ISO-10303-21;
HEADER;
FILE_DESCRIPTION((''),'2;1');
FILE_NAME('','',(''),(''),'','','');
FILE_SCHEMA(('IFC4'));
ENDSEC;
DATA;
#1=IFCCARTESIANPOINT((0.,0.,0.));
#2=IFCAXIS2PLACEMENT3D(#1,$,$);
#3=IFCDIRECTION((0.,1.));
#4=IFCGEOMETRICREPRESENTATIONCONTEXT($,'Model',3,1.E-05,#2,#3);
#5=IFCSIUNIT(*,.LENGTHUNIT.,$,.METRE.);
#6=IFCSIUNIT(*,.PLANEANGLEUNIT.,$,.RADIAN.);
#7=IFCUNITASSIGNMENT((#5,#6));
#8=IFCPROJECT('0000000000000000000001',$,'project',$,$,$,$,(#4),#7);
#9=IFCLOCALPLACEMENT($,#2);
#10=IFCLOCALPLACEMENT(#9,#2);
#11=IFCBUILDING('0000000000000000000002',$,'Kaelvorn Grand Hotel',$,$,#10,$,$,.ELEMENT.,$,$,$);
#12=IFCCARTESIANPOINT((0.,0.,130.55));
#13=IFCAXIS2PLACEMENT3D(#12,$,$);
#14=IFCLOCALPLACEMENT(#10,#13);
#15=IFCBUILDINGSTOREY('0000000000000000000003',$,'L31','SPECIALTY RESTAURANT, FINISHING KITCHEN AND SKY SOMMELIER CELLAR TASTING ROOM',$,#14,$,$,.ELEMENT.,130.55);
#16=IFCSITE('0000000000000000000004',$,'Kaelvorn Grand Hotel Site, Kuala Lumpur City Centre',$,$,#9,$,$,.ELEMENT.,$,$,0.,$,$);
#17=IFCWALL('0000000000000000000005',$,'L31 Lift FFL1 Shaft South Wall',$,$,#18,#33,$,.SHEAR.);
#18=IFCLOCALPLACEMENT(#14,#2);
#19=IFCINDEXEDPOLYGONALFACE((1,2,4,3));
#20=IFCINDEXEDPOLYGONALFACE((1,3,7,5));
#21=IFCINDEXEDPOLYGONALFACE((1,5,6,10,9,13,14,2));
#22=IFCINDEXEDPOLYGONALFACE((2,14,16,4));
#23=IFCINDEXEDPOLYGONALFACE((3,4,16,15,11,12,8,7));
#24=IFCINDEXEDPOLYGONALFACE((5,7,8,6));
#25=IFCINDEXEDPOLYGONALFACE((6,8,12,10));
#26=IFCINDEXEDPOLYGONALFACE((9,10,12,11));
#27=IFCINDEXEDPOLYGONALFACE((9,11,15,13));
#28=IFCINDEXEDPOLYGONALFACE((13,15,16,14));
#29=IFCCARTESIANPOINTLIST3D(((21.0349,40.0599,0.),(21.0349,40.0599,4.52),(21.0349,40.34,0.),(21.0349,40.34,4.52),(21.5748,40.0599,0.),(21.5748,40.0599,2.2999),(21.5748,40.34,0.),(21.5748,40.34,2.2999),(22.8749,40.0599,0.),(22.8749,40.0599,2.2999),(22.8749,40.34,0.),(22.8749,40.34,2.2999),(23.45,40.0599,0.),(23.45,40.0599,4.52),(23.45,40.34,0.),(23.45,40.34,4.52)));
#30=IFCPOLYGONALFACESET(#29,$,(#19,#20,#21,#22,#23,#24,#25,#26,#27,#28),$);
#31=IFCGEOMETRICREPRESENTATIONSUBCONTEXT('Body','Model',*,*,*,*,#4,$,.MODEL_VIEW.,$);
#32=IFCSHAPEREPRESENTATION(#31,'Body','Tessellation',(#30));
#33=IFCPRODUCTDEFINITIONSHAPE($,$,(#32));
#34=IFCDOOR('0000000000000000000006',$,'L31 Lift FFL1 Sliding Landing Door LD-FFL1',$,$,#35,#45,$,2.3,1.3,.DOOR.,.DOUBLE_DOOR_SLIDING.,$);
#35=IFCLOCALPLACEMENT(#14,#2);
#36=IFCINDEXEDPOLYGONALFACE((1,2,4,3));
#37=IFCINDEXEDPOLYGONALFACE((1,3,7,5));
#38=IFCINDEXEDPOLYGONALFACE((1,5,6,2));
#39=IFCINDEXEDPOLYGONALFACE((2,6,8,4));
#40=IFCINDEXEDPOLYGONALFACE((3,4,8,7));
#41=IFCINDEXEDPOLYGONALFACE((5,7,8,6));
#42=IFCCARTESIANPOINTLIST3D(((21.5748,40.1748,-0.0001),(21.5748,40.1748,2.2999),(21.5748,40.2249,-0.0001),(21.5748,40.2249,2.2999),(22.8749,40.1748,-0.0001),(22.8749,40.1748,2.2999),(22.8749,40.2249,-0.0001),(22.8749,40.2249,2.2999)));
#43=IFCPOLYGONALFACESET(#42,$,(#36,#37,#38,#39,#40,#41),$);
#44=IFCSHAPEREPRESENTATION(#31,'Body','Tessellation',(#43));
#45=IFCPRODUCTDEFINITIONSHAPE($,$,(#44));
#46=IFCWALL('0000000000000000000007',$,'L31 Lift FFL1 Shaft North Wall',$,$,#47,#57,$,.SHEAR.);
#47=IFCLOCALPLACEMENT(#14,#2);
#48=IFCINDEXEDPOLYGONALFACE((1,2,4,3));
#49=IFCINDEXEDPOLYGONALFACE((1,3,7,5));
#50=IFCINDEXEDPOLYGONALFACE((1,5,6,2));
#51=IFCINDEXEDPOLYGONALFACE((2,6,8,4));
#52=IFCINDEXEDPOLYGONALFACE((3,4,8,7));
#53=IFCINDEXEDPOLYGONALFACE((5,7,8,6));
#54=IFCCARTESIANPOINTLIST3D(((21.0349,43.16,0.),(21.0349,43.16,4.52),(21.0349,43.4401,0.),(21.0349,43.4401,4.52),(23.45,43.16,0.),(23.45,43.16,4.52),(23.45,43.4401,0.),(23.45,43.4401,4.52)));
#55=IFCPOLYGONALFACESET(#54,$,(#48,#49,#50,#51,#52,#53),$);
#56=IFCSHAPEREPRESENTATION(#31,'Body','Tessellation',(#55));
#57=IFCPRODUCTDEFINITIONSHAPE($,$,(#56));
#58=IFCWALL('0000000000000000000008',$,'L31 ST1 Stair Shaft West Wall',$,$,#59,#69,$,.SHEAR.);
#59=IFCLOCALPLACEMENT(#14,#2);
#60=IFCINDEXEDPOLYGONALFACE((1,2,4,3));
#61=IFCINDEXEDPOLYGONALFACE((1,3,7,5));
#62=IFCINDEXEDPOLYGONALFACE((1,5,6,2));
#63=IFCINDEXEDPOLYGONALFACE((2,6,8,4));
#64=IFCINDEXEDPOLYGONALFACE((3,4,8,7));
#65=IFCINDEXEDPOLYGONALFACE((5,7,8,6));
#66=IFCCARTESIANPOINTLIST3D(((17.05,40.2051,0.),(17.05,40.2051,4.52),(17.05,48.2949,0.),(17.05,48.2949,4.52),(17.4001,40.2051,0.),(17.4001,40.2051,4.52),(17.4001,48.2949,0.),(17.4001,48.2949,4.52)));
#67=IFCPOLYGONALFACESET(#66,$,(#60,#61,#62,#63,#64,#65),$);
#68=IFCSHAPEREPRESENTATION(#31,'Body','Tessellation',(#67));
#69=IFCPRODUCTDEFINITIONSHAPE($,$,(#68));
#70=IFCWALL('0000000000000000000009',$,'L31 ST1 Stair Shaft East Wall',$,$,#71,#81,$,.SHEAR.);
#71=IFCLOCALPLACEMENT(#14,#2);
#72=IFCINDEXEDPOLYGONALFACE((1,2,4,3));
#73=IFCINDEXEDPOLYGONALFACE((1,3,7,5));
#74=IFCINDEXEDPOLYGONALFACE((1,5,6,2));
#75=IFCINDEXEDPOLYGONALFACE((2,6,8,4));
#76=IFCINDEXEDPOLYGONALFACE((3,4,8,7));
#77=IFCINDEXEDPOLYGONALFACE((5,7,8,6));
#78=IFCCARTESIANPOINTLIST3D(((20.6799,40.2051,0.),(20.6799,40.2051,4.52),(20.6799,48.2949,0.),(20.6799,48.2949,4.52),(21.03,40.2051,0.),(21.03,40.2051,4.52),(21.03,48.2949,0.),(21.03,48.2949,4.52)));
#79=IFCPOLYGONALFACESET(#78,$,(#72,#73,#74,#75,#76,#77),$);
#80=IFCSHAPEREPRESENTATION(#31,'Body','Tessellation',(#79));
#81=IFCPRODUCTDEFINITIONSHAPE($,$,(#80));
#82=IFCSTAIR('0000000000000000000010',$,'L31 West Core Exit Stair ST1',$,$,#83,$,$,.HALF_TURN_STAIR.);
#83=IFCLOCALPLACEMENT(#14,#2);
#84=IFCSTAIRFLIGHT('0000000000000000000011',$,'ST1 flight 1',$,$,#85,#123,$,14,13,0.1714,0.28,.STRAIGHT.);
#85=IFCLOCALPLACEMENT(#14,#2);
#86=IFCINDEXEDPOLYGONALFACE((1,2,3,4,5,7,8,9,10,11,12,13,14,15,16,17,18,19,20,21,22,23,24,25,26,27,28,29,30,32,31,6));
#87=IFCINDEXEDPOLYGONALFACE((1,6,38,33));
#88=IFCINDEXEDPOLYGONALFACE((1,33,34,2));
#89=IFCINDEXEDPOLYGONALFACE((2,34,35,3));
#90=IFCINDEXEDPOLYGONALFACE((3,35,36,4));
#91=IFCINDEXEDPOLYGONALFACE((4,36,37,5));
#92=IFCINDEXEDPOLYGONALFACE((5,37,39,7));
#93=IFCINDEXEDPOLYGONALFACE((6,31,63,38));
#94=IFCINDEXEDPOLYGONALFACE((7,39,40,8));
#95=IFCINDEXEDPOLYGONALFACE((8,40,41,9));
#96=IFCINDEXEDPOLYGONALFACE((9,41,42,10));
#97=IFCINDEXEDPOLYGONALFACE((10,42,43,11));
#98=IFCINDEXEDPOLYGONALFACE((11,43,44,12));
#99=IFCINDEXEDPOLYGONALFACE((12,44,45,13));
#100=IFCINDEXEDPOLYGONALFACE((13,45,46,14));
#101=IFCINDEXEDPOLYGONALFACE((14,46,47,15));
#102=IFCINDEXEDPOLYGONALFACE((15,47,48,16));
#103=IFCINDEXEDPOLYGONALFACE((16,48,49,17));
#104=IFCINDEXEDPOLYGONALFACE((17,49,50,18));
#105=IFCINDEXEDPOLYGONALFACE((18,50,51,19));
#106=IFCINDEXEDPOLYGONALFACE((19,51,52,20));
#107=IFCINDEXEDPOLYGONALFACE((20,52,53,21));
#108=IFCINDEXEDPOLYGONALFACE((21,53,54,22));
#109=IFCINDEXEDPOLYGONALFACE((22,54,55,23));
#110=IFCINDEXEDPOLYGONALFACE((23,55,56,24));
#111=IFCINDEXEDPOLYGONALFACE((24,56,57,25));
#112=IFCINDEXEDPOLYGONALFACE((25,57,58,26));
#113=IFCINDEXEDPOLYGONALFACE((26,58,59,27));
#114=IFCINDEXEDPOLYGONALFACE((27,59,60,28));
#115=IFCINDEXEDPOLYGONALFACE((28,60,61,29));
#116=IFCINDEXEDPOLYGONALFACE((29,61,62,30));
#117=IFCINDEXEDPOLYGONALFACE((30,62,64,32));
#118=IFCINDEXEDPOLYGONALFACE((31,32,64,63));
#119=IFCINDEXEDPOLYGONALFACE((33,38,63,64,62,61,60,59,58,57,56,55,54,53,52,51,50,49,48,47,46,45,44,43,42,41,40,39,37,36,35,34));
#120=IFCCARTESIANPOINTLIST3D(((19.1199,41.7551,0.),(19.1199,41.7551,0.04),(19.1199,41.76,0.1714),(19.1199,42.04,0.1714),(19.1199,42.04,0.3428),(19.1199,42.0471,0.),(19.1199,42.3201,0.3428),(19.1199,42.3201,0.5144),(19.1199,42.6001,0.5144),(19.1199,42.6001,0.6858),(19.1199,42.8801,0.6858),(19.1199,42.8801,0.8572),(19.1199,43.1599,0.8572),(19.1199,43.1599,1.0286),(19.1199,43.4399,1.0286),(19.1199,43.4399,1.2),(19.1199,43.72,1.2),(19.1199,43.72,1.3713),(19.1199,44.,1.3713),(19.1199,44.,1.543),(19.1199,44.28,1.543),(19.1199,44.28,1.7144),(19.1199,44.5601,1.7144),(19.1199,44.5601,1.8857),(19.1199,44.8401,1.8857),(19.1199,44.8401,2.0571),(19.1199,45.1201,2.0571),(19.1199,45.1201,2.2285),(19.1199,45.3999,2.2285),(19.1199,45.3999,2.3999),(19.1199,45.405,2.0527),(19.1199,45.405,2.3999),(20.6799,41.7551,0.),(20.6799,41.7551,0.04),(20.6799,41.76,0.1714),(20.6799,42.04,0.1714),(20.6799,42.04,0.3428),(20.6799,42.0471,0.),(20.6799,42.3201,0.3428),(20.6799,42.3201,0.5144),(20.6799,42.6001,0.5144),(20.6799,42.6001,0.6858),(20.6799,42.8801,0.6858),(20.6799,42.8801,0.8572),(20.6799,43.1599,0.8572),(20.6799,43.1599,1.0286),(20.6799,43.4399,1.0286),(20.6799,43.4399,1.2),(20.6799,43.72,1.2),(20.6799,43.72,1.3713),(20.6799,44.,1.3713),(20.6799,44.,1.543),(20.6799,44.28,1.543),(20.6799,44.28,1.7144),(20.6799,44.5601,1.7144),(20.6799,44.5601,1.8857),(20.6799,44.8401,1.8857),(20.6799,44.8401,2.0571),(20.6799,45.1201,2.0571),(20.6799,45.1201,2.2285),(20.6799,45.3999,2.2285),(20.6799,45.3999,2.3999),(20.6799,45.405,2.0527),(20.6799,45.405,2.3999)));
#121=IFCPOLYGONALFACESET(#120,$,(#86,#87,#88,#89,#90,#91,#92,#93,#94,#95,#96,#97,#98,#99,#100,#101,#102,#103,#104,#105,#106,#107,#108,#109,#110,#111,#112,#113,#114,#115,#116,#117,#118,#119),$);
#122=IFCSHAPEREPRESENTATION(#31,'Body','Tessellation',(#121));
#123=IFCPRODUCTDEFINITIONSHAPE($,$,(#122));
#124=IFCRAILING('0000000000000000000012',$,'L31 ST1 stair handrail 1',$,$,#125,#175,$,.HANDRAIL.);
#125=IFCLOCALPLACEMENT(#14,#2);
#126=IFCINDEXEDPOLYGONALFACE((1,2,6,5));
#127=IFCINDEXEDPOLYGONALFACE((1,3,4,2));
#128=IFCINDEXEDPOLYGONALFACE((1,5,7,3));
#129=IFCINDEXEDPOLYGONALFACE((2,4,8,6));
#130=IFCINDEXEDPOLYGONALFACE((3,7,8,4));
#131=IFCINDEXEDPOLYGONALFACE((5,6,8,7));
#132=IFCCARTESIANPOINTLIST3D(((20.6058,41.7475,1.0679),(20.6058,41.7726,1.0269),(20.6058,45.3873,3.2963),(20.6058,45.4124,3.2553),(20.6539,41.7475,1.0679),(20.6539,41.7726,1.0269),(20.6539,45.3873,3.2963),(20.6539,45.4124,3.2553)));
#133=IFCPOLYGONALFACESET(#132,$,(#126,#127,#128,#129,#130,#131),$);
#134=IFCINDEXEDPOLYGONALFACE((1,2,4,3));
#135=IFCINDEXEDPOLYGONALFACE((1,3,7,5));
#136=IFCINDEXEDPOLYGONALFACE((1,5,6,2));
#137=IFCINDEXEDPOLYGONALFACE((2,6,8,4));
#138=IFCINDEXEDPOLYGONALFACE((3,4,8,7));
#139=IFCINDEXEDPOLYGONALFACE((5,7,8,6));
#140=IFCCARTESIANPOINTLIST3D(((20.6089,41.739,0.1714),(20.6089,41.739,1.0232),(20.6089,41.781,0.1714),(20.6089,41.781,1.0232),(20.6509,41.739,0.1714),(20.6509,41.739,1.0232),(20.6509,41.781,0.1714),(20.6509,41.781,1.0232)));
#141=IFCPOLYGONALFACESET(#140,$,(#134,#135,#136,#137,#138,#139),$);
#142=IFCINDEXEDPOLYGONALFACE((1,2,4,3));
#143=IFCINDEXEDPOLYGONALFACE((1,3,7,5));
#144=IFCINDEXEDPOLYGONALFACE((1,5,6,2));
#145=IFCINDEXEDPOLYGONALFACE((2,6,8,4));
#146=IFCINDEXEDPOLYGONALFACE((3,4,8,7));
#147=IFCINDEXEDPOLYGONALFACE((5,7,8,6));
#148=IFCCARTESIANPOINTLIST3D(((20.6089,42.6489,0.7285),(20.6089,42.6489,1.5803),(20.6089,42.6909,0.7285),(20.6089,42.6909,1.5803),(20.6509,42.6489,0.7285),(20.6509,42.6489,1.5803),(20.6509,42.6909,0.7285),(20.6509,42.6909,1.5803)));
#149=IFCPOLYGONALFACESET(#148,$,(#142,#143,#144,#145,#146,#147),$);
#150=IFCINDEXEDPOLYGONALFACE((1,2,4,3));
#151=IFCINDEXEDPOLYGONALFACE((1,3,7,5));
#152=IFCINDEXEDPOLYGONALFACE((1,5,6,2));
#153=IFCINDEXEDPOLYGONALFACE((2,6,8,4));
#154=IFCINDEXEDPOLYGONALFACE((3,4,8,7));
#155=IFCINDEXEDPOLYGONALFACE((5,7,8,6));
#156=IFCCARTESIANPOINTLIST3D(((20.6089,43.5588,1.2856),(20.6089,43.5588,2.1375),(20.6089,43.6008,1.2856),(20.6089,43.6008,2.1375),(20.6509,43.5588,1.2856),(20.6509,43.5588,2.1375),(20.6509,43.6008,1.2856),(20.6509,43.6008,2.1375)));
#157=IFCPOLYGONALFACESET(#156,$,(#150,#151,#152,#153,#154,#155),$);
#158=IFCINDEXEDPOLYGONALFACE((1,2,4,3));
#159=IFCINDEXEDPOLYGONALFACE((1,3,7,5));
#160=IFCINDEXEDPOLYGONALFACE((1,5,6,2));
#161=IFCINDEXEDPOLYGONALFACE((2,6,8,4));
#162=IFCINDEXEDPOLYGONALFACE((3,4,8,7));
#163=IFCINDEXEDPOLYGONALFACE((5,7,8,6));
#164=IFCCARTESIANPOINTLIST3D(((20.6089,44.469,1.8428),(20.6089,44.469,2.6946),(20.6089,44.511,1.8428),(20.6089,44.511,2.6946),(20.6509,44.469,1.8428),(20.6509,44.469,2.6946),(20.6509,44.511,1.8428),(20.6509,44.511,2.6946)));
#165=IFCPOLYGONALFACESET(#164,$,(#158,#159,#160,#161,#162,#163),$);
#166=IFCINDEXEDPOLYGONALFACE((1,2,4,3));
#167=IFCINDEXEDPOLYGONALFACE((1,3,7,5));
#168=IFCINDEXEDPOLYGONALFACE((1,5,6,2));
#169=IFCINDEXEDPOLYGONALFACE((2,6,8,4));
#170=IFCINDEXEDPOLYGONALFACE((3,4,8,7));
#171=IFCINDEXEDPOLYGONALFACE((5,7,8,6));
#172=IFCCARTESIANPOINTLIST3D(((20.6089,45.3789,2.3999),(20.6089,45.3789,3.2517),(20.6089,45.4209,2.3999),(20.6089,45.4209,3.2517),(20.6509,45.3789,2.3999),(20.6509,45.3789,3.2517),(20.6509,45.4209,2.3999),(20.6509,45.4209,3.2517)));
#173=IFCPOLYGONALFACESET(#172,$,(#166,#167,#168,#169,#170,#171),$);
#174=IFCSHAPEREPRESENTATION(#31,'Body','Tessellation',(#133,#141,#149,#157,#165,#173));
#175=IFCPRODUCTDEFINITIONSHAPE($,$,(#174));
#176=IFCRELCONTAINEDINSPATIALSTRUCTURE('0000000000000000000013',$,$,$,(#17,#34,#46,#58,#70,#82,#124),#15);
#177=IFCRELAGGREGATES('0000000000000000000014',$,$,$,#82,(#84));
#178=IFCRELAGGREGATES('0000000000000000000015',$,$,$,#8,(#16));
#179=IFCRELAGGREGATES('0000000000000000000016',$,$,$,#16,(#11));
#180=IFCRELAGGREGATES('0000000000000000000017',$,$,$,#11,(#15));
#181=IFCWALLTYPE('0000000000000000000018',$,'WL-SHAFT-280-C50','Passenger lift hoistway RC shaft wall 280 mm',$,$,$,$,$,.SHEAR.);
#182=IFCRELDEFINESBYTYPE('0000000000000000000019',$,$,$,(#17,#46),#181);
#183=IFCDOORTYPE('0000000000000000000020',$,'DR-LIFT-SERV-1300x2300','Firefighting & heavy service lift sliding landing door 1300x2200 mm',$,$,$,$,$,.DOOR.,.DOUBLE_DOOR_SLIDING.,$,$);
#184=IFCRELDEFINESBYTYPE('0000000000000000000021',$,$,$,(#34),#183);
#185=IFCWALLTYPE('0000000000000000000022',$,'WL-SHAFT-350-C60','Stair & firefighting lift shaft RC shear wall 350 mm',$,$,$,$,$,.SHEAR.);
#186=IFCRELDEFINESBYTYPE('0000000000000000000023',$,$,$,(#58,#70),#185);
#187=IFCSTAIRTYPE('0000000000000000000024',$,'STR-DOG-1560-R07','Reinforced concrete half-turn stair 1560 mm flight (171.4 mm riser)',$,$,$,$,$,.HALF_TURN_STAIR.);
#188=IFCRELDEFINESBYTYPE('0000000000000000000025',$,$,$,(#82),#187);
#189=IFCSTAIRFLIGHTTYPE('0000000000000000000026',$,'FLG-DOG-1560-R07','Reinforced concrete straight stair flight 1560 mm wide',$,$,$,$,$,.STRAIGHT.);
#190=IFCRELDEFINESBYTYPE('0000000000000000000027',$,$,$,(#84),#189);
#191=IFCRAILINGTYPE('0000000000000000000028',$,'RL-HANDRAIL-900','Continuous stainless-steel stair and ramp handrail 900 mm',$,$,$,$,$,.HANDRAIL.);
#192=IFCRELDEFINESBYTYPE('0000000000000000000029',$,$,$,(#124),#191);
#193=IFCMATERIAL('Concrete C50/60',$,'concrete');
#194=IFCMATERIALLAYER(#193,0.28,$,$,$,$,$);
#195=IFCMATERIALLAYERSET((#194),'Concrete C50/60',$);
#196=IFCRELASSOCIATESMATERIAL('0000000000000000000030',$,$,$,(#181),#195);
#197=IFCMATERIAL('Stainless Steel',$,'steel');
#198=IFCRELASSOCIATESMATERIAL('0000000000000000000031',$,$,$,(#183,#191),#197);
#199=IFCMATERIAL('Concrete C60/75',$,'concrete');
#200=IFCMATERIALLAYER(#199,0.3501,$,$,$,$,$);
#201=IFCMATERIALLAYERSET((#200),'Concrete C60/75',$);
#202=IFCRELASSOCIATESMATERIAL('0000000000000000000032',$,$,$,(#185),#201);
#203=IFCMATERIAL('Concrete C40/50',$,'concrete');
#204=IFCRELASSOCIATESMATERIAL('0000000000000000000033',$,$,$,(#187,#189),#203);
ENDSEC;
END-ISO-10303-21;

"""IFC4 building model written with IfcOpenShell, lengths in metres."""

from ifc_helpers import new_model, si_unit, direction, frame, frame_2d, origin, origin_2d, place, context, subcontext, project, spatial, polyline, rectangle, outline, extrude, material, layer, layer_set, type_object, element, fill, aggregate, save


model = new_model("IFC4")

# Units and contexts
model_context = context("Model", 3, precision=1e-05, world=origin(), true_north=direction((0.0, 1.0)))
body_context = subcontext(model_context, "Body", "Model", "MODEL_VIEW")
ifc_project = project(units=[si_unit("LENGTHUNIT", "METRE"), si_unit("PLANEANGLEUNIT", "RADIAN")], contexts=[model_context])

# Site, building, storey
site_placement = place(None, origin())
site = spatial("IfcSite", under=ifc_project, at=site_placement, Name="Kaelvorn Grand Hotel Site, Kuala Lumpur City Centre", CompositionType="ELEMENT", RefElevation=0.0)
building_placement = place(site_placement, origin())
building = spatial("IfcBuilding", under=site, at=building_placement, Name="Kaelvorn Grand Hotel", CompositionType="ELEMENT")
storey_placement = place(building_placement, frame((0.0, 0.0, 130.55)))
storey = spatial("IfcBuildingStorey", under=building, at=storey_placement, Name="L31", Description="SPECIALTY RESTAURANT, FINISHING KITCHEN AND SKY SOMMELIER CELLAR TASTING ROOM", CompositionType="ELEMENT", Elevation=130.55)

# Shared definitions
ifc_material_1 = material(Name="Concrete C60/75", Category="concrete")

# Shared definitions
ifc_material_2 = material(Name="Concrete C40/50", Category="concrete")

# Wall, opening, door
ifc_material_3 = material(Name="Concrete C50/60", Category="concrete")
ifc_layer_1 = layer(ifc_material_3, 0.28)
ifc_layer_set_1 = layer_set([ifc_layer_1], Name="Concrete C50/60")
wall_type_1 = type_object("IfcWallType", Name="WL-SHAFT-280-C50", Description="Passenger lift hoistway RC shaft wall 280 mm", PredefinedType="SHEAR", material=ifc_layer_set_1)
wall_1_placement = place(storey_placement, frame((21.0349, 40.2, 0.0), z_axis=(0.0, 0.0, 1.0), x_axis=(1.0, 0.0, 0.0)))
wall_1 = element("IfcWall", 1, at=wall_1_placement, inside=storey, type_object=wall_type_1, Name="L31 Lift FFL1 Shaft South Wall", PredefinedType="SHEAR", context=body_context, shape_type="SweptSolid", body=[
    extrude(rectangle(XDim=2.415, YDim=0.28, at=frame_2d((1.2075, 0.0))), origin(), (0.0, 0.0, 1.0), 4.52),
])
opening_1_placement = place(wall_1_placement, frame((0.54, 0.0, 0.0)))
opening_1 = element("IfcOpeningElement", 2, at=opening_1_placement, cuts=wall_1, PredefinedType="OPENING", context=body_context, shape_type="SweptSolid", body=[
    extrude(rectangle(XDim=1.3, YDim=2.3, at=frame_2d((0.6499, 1.1499))), frame((0.0, 0.1499, 0.0), z_axis=(0.0, -1.0, 0.0), x_axis=(1.0, 0.0, 0.0)), (0.0, 0.0, 1.0), 0.3),
])
ifc_material_4 = material(Name="Stainless Steel", Category="steel")
door_type_1 = type_object("IfcDoorType", Name="DR-LIFT-SERV-1300x2300", Description="Firefighting & heavy service lift sliding landing door 1300x2200 mm", OperationType="DOUBLE_DOOR_SLIDING", PredefinedType="DOOR", material=ifc_material_4)
door_1_placement = place(opening_1_placement, origin())
door_1 = element("IfcDoor", 3, at=door_1_placement, inside=storey, type_object=door_type_1, Name="L31 Lift FFL1 Sliding Landing Door LD-FFL1", OperationType="DOUBLE_DOOR_SLIDING", OverallHeight=2.3, OverallWidth=1.3, PredefinedType="DOOR", context=body_context, shape_type="SweptSolid", body=[
    extrude(rectangle(XDim=1.3, YDim=2.3, at=frame_2d((0.6499, 1.1499))), frame((0.0, 0.0249, 0.0), z_axis=(0.0, -1.0, 0.0), x_axis=(1.0, 0.0, 0.0)), (0.0, 0.0, 1.0), 0.05),
])
fill(opening_1, door_1)

# Wall
wall_2_placement = place(storey_placement, frame((21.0349, 43.3, 0.0), z_axis=(0.0, 0.0, 1.0), x_axis=(1.0, 0.0, 0.0)))
element("IfcWall", 4, at=wall_2_placement, inside=storey, type_object=wall_type_1, Name="L31 Lift FFL1 Shaft North Wall", PredefinedType="SHEAR", context=body_context, shape_type="SweptSolid", body=[
    extrude(rectangle(XDim=2.415, YDim=0.28, at=frame_2d((1.2075, 0.0))), origin(), (0.0, 0.0, 1.0), 4.52),
])

# Shared definitions
ifc_layer_2 = layer(ifc_material_1, 0.3501)
ifc_layer_set_2 = layer_set([ifc_layer_2], Name="Concrete C60/75")
wall_type_2 = type_object("IfcWallType", Name="WL-SHAFT-350-C60", Description="Stair & firefighting lift shaft RC shear wall 350 mm", PredefinedType="SHEAR", material=ifc_layer_set_2)

# Walls
for number, where, z_axis, x_axis, name in (
    (5, (17.2251, 40.2051, 0.0), (0.0, 0.0, 1.0), (0.0, 1.0, 0.0), "L31 ST1 Stair Shaft West Wall"),
    (6, (20.855, 40.2051, 0.0), (0.0, 0.0, 1.0), (0.0, 1.0, 0.0), "L31 ST1 Stair Shaft East Wall"),
):
    element("IfcWall", number, at=place(storey_placement, frame(where, z_axis=z_axis, x_axis=x_axis)), inside=storey, type_object=wall_type_2, Name=name, PredefinedType="SHEAR", context=body_context, shape_type="SweptSolid", body=[
        extrude(rectangle(XDim=8.0898, YDim=0.3501, at=frame_2d((4.0449, 0.0))), origin(), (0.0, 0.0, 1.0), 4.52),
    ])

# Stair, stair flight
stair_type = type_object("IfcStairType", Name="STR-DOG-1560-R07", Description="Reinforced concrete half-turn stair 1560 mm flight (171.4 mm riser)", PredefinedType="HALF_TURN_STAIR", material=ifc_material_2)
stair_placement = place(storey_placement, origin())
stair = element("IfcStair", 7, at=stair_placement, inside=storey, type_object=stair_type, Name="L31 West Core Exit Stair ST1", PredefinedType="HALF_TURN_STAIR")
stair_flight_type = type_object("IfcStairFlightType", Name="FLG-DOG-1560-R07", Description="Reinforced concrete straight stair flight 1560 mm wide", PredefinedType="STRAIGHT", material=ifc_material_2)
stair_flight_placement = place(storey_placement, frame((19.8999, 41.76, 0.0), z_axis=(0.0, 0.0, 1.0), x_axis=(0.0, 1.0, 0.0)))
stair_flight = element("IfcStairFlight", 8, at=stair_flight_placement, type_object=stair_flight_type, Name="ST1 flight 1", NumberOfRisers=14, NumberOfTreads=13, PredefinedType="STRAIGHT", RiserHeight=0.1714, TreadLength=0.28, context=body_context, shape_type="SweptSolid", body=[
    extrude(outline(polyline([(-0.0049, 0.0), (-0.0049, 0.04), (0.0, 0.1714), (0.28, 0.1714), (0.28, 0.3428), (0.5601, 0.3428), (0.5601, 0.5144), (0.8401, 0.5144), (0.8401, 0.6858), (1.1201, 0.6858), (1.1201, 0.8572), (1.3999, 0.8572), (1.3999, 1.0286), (1.6799, 1.0286), (1.6799, 1.2), (1.96, 1.2), (1.96, 1.3713), (2.24, 1.3713), (2.24, 1.543), (2.52, 1.543), (2.52, 1.7144), (2.8, 1.7144), (2.8, 1.8857), (3.0801, 1.8857), (3.0801, 2.0571), (3.3601, 2.0571), (3.3601, 2.2285), (3.6399, 2.2285), (3.6399, 2.3999), (3.645, 2.3999), (3.645, 2.0527), (0.2871, 0.0), (-0.0049, 0.0)])), frame((0.0, 0.78, 0.0), z_axis=(0.0, -1.0, 0.0), x_axis=(1.0, 0.0, 0.0)), (0.0, 0.0, 1.0), 1.5601),
])
aggregate(stair, [stair_flight])

# Railing
railing_type_1 = type_object("IfcRailingType", Name="RL-HANDRAIL-900", Description="Continuous stainless-steel stair and ramp handrail 900 mm", PredefinedType="HANDRAIL", material=ifc_material_4)
railing_1_placement = place(storey_placement, frame((20.6299, 41.76, 0.1714)))
element("IfcRailing", 9, at=railing_1_placement, inside=storey, type_object=railing_type_1, Name="L31 ST1 stair handrail 1", PredefinedType="HANDRAIL", context=body_context, shape_type="SweptSolid", body=[
    extrude(rectangle(XDim=0.0481, YDim=0.0481, at=origin_2d()), frame((0.0, 0.0, 0.876), z_axis=(0.0, 0.85285, 0.522156), x_axis=(-1.0, 0.0, 0.0)), (0.0, 0.0, 1.0), 4.2678),
    extrude(rectangle(XDim=0.042, YDim=0.042, at=origin_2d()), origin(), (0.0, 0.0, 1.0), 0.8518),
    extrude(rectangle(XDim=0.042, YDim=0.042, at=origin_2d()), frame((0.0, 0.9099, 0.5571)), (0.0, 0.0, 1.0), 0.8518),
    extrude(rectangle(XDim=0.042, YDim=0.042, at=origin_2d()), frame((0.0, 1.8198, 1.1143)), (0.0, 0.0, 1.0), 0.8518),
    extrude(rectangle(XDim=0.042, YDim=0.042, at=origin_2d()), frame((0.0, 2.73, 1.6714)), (0.0, 0.0, 1.0), 0.8518),
    extrude(rectangle(XDim=0.042, YDim=0.042, at=origin_2d()), frame((0.0, 3.6399, 2.2285)), (0.0, 0.0, 1.0), 0.8518),
])

save(model, "model.ifc")
